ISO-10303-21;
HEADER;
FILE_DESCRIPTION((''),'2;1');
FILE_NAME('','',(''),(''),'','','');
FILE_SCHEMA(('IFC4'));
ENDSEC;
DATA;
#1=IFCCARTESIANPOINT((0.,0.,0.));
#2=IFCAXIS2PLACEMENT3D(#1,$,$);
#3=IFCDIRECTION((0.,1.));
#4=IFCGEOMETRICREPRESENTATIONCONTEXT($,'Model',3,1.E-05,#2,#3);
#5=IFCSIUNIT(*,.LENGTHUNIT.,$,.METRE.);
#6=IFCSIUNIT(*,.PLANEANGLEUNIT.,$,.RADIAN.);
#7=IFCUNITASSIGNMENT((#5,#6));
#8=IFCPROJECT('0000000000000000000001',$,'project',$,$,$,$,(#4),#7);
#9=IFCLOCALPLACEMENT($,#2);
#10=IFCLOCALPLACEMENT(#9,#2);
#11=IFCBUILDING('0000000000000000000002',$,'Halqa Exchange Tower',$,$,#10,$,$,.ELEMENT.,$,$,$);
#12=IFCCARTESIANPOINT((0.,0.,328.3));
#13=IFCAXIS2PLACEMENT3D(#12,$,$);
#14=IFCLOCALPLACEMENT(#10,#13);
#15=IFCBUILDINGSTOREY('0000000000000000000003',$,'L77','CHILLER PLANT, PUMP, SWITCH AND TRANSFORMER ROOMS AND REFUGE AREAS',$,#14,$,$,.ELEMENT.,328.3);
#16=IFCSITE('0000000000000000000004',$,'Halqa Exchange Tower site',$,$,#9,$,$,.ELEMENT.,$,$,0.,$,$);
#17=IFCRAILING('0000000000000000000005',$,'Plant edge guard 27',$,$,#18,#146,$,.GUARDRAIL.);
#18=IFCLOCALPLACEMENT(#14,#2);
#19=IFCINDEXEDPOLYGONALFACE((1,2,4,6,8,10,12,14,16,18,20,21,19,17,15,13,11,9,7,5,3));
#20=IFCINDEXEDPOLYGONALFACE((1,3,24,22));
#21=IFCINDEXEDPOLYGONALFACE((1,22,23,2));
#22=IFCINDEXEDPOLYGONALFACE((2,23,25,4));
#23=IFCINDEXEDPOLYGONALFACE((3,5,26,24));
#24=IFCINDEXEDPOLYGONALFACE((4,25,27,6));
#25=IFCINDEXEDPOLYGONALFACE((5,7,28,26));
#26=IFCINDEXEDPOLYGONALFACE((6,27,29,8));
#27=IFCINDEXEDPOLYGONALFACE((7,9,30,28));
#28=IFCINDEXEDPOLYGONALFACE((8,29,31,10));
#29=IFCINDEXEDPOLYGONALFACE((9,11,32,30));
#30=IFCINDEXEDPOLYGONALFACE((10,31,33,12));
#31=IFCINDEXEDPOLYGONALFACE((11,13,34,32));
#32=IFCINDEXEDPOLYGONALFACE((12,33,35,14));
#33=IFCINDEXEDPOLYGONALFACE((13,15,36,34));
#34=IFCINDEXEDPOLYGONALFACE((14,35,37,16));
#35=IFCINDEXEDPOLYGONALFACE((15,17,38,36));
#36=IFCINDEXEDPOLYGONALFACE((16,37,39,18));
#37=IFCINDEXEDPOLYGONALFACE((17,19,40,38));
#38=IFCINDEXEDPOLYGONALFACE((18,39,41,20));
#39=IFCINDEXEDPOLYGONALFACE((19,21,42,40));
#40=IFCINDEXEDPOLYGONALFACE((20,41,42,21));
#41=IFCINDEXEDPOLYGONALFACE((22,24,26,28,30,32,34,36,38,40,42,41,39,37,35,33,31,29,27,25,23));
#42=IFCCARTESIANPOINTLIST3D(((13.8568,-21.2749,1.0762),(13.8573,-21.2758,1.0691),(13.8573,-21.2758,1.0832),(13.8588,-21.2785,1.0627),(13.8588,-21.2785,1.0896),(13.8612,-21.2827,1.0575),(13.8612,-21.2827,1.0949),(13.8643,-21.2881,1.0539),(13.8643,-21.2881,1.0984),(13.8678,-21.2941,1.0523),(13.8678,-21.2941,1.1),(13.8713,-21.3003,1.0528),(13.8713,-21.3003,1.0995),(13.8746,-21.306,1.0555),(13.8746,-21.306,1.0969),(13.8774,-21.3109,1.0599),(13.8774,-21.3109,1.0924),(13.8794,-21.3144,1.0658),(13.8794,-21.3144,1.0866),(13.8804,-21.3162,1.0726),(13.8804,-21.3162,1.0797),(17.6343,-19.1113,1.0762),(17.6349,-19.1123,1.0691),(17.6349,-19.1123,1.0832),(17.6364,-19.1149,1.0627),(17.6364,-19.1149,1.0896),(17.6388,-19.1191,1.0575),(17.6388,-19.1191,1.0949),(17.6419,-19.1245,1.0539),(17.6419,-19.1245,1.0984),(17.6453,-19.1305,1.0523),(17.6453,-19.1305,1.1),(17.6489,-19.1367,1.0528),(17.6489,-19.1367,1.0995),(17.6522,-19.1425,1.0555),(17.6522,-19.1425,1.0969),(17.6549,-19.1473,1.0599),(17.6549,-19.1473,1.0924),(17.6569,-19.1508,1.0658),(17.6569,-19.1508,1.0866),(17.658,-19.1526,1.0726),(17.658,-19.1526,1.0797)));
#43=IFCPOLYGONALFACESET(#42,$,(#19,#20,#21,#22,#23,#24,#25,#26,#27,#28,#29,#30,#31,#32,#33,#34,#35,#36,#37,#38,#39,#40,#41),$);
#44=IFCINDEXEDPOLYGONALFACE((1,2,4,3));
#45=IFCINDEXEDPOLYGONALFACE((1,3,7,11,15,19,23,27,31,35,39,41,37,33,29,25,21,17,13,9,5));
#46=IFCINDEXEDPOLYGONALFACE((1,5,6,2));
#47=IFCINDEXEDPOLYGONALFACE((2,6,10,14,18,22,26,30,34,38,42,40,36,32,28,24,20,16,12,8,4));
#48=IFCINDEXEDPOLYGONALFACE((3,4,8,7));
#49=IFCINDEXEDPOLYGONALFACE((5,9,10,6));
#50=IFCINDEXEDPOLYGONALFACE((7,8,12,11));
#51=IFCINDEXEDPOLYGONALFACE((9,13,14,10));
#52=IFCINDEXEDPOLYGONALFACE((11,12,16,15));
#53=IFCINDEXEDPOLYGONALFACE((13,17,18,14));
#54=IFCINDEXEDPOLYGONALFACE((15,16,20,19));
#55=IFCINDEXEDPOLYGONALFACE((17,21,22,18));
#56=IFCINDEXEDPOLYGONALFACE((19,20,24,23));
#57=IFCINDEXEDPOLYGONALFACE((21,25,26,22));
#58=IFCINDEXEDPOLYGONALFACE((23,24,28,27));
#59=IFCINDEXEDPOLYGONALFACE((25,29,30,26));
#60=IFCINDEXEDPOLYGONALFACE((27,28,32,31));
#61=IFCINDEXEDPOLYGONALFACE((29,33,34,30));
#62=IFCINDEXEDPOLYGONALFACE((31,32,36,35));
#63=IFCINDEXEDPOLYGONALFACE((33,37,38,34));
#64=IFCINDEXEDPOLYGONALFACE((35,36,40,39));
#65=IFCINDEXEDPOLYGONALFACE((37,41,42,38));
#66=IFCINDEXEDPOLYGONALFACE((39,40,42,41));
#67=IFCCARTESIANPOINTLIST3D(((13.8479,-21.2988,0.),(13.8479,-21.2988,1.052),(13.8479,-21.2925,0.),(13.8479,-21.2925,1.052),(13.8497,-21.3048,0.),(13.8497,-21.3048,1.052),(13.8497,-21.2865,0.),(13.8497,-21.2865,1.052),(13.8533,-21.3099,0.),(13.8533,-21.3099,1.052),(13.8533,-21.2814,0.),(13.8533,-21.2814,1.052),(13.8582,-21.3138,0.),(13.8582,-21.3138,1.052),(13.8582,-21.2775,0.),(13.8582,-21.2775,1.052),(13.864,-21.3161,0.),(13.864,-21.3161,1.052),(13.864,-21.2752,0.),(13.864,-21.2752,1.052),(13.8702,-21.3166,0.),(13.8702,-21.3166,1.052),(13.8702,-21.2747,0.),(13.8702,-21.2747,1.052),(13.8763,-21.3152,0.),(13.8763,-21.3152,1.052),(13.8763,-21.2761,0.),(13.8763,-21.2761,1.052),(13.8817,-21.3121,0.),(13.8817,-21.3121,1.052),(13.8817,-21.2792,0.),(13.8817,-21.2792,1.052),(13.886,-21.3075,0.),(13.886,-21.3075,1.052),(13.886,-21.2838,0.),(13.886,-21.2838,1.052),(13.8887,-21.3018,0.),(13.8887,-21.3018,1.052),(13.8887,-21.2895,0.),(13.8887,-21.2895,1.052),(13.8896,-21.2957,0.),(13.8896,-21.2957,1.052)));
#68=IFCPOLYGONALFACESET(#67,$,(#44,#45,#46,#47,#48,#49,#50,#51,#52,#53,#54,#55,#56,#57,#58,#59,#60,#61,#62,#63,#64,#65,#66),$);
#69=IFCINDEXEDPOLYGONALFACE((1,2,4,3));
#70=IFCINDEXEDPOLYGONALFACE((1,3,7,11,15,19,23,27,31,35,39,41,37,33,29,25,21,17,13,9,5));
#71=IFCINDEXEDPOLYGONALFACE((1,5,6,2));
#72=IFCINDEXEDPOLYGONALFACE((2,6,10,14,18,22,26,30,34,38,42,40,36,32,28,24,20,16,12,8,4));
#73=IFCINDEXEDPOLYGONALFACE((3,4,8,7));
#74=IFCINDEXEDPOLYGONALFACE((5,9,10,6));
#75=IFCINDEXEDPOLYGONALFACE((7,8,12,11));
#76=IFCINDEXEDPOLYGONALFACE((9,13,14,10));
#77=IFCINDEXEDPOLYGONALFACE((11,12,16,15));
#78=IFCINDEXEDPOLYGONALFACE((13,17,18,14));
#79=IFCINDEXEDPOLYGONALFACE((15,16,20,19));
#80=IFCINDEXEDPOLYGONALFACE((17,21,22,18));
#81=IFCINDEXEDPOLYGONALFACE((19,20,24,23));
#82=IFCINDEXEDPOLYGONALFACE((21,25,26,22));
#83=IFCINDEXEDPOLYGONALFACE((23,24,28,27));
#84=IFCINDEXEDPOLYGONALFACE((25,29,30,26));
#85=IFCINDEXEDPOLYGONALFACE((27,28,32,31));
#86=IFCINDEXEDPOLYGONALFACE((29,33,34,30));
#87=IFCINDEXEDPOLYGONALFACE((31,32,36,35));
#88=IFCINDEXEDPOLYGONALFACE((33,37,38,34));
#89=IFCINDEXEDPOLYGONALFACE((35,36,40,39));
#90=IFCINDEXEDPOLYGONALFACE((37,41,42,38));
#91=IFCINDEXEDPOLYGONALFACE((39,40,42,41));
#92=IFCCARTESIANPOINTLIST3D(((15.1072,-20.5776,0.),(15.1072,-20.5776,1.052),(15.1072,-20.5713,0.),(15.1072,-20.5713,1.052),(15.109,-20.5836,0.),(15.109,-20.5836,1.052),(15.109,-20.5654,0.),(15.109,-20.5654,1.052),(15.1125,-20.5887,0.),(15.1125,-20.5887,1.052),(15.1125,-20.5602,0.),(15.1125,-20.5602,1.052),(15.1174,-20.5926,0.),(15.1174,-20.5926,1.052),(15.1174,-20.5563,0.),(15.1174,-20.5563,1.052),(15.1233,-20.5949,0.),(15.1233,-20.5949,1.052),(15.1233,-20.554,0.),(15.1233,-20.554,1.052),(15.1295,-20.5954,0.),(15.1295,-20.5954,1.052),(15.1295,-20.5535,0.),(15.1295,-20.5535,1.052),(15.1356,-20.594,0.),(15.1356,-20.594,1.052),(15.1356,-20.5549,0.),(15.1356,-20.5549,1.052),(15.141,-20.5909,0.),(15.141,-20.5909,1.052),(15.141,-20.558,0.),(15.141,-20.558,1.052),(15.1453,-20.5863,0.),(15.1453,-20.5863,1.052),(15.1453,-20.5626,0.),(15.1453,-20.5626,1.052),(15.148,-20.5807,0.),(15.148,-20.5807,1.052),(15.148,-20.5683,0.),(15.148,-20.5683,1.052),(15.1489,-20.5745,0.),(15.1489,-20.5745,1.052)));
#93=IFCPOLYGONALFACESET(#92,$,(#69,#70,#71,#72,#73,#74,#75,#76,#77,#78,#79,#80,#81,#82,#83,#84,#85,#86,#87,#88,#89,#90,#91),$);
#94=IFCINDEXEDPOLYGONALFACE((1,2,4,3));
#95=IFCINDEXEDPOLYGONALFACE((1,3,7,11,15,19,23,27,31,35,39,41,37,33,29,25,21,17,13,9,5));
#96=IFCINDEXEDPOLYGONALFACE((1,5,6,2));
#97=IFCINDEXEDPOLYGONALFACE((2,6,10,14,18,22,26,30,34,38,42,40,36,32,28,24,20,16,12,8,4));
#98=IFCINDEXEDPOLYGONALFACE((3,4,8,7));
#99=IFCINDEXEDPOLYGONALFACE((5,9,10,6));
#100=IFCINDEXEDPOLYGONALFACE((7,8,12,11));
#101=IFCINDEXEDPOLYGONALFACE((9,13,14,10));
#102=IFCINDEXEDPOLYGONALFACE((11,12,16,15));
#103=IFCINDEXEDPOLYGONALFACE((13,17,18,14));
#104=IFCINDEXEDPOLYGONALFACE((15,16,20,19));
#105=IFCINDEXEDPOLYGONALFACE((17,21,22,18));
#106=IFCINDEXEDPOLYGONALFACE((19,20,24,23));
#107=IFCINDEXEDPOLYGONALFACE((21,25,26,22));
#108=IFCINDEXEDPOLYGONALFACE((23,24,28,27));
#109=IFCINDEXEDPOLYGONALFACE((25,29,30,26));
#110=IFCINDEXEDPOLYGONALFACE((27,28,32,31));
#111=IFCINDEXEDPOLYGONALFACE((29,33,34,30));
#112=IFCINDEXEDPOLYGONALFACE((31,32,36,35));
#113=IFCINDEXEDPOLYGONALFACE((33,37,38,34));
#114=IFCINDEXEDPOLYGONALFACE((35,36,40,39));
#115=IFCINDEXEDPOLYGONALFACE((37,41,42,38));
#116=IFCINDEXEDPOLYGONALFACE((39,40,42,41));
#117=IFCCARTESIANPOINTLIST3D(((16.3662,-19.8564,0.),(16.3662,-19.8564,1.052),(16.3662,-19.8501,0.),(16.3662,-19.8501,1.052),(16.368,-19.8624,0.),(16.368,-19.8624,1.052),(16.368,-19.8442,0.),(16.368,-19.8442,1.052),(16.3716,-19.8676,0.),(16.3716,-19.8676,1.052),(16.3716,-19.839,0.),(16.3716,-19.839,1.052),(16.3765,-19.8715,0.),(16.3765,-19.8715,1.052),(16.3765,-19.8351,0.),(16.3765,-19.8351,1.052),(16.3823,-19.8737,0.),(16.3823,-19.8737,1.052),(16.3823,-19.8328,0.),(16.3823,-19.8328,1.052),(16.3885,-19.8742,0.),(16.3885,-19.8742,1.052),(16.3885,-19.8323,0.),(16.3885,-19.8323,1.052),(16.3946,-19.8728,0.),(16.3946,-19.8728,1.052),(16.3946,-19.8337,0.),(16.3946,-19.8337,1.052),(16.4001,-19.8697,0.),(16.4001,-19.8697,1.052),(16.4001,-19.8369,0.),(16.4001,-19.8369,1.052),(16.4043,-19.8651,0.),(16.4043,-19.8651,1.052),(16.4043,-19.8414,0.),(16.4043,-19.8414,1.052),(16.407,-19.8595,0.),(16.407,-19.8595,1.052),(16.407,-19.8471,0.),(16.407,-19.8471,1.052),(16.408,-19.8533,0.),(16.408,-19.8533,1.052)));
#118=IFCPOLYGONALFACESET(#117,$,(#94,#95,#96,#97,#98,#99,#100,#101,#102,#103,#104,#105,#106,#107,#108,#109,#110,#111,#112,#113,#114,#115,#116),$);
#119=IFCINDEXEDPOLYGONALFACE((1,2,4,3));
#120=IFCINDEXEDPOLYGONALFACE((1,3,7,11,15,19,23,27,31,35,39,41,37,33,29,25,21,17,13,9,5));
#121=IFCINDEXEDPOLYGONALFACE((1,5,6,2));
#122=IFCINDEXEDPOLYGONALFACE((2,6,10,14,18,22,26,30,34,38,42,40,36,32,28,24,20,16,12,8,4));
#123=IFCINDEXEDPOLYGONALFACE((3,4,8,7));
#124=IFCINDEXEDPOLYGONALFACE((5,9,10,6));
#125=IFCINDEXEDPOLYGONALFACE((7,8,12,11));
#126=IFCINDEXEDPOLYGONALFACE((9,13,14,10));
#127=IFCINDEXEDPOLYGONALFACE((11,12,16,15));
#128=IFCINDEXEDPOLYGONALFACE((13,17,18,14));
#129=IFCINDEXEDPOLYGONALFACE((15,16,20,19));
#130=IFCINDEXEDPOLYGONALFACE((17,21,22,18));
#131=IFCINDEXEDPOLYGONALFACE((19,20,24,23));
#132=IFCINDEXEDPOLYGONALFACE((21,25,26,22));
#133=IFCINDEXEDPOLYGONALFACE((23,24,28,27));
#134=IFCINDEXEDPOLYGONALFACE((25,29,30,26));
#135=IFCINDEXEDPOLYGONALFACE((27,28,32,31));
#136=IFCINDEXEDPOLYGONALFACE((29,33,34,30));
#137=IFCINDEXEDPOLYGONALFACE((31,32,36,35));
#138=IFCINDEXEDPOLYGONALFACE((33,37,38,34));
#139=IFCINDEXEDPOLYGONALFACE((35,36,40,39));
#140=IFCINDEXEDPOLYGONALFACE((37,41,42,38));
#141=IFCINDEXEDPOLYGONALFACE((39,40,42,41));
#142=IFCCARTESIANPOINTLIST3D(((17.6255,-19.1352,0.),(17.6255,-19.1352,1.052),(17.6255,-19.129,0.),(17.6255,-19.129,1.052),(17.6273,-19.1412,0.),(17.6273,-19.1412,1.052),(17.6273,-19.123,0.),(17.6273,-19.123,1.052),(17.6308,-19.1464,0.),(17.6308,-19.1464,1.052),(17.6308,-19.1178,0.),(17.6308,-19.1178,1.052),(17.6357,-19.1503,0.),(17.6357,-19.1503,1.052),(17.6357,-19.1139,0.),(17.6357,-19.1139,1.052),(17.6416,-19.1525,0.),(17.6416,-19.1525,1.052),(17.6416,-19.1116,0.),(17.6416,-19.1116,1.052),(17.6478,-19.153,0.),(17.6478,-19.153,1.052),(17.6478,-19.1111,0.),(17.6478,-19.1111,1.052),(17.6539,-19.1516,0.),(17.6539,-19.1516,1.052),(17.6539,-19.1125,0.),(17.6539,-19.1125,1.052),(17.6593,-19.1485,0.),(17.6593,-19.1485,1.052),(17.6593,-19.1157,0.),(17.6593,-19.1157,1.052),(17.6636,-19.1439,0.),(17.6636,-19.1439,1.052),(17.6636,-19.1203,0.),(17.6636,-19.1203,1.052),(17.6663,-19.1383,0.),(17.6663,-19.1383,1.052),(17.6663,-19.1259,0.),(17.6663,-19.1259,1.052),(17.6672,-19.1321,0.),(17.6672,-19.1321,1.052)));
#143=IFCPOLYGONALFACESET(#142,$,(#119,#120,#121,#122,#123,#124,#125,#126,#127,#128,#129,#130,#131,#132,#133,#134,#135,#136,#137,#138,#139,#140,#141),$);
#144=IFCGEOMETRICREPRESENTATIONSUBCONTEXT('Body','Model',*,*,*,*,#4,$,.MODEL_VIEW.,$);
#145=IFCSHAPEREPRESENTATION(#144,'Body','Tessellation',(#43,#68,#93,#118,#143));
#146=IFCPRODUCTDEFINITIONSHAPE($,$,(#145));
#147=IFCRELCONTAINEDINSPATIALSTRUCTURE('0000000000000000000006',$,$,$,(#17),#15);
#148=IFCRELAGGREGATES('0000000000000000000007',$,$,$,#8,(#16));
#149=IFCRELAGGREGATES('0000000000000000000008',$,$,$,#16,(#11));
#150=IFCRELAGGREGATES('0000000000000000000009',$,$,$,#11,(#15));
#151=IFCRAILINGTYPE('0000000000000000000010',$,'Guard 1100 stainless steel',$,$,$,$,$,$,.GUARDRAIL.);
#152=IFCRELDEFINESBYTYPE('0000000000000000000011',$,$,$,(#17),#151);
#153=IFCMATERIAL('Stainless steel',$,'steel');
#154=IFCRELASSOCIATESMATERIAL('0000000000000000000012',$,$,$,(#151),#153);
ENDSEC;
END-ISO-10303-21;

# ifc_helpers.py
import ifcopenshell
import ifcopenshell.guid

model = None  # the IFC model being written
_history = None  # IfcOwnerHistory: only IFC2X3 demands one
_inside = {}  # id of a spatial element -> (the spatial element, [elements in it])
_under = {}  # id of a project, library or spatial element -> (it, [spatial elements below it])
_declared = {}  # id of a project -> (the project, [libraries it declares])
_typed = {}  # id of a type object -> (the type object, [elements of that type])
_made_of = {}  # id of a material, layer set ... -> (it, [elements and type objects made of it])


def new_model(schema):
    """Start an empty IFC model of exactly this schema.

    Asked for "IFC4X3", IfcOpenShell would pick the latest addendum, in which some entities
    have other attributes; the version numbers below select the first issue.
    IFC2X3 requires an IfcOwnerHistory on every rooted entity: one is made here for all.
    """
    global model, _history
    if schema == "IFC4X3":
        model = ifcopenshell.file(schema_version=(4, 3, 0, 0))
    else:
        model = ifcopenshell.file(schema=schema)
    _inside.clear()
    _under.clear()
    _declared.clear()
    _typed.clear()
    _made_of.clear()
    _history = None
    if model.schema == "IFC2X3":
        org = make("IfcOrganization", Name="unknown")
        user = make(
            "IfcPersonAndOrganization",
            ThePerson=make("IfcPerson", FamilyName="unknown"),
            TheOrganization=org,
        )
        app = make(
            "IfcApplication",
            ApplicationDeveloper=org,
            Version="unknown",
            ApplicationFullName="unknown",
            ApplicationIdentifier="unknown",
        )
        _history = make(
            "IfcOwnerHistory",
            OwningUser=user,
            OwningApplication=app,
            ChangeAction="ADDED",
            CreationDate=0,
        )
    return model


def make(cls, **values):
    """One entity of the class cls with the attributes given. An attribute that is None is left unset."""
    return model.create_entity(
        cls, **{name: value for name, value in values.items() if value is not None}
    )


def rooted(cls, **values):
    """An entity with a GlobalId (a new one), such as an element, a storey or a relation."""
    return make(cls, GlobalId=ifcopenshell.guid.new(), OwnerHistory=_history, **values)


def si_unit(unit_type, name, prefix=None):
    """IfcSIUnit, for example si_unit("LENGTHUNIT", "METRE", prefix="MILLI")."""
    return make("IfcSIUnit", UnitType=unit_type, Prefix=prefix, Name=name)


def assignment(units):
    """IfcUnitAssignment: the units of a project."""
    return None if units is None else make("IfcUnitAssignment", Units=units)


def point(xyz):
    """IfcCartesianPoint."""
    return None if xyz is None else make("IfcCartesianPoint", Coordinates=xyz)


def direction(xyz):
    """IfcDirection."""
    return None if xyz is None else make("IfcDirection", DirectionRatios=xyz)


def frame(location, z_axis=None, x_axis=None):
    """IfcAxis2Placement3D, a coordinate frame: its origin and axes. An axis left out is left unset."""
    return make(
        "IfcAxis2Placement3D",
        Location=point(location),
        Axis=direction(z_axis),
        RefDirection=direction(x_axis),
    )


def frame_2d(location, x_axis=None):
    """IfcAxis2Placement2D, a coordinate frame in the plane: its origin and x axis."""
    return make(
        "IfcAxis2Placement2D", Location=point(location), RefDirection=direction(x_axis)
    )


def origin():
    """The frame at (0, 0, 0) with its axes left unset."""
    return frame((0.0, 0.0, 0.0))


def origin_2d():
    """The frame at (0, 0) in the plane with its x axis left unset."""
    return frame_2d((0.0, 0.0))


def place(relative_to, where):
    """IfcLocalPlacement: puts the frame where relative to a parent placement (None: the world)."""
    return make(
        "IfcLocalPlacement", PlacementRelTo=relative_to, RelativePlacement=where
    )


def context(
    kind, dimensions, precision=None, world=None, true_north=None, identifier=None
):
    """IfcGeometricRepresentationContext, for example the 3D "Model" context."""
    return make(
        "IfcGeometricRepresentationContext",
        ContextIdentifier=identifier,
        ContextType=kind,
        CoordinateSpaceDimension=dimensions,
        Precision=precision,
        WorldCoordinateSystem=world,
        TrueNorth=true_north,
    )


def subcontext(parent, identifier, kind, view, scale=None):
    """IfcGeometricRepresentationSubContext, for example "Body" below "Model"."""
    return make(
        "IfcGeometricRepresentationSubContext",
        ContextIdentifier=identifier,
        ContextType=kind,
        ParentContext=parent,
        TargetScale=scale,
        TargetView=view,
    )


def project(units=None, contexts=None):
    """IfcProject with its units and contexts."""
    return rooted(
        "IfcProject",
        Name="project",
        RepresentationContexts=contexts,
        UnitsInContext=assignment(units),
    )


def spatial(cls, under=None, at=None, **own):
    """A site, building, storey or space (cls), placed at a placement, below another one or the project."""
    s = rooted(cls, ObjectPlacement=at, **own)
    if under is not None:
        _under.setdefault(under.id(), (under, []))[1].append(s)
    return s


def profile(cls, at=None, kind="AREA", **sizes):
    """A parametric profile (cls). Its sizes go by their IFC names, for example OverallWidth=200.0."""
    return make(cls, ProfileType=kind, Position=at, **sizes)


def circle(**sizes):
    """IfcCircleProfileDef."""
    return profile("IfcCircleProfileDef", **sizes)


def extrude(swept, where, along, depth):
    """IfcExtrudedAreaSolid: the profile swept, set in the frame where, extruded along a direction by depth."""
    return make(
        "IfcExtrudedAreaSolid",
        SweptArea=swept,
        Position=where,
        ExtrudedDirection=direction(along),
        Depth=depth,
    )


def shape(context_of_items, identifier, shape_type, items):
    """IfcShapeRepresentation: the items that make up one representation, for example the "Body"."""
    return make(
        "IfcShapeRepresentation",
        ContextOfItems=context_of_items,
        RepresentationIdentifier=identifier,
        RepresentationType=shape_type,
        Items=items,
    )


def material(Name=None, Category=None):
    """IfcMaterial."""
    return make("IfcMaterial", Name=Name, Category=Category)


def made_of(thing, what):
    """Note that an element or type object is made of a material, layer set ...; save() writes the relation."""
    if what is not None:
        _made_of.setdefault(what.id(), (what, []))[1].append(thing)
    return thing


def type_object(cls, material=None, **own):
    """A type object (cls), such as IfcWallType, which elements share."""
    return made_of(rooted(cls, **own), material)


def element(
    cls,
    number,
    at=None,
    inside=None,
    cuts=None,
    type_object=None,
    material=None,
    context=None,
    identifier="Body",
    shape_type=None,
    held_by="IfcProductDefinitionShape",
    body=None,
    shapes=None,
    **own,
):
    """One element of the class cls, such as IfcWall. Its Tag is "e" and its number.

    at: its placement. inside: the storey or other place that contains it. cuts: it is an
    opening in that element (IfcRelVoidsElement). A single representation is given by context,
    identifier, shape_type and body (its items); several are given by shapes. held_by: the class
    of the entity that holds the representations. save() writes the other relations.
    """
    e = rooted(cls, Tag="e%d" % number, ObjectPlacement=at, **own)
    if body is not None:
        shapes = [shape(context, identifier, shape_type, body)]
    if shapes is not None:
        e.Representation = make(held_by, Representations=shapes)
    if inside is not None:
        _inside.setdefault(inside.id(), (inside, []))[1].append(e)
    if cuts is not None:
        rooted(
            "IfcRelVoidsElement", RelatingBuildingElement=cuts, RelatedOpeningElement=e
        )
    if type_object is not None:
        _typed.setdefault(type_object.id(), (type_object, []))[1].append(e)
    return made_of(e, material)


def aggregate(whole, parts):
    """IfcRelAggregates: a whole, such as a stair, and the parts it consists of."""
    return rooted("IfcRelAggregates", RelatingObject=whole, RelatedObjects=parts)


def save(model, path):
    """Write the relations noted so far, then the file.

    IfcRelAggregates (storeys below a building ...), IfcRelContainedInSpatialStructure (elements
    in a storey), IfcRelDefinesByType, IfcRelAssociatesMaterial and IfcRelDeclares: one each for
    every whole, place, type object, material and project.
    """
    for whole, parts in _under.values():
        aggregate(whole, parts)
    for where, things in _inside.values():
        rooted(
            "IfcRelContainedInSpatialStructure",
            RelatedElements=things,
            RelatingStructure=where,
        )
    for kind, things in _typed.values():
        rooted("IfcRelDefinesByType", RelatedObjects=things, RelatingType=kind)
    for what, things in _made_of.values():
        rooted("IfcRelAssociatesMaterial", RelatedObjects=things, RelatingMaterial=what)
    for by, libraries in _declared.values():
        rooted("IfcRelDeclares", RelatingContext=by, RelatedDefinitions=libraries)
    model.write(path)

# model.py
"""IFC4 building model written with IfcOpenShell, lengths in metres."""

from ifc_helpers import new_model, si_unit, direction, frame, origin, origin_2d, place, context, subcontext, project, spatial, circle, extrude, material, type_object, element, save


model = new_model("IFC4")

# Units and contexts
model_context = context("Model", 3, precision=1e-05, world=origin(), true_north=direction((0.0, 1.0)))
body_context = subcontext(model_context, "Body", "Model", "MODEL_VIEW")
ifc_project = project(units=[si_unit("LENGTHUNIT", "METRE"), si_unit("PLANEANGLEUNIT", "RADIAN")], contexts=[model_context])

# Site, building, storey
site_placement = place(None, origin())
site = spatial("IfcSite", under=ifc_project, at=site_placement, Name="Halqa Exchange Tower site", CompositionType="ELEMENT", RefElevation=0.0)
building_placement = place(site_placement, origin())
building = spatial("IfcBuilding", under=site, at=building_placement, Name="Halqa Exchange Tower", CompositionType="ELEMENT")
storey_placement = place(building_placement, frame((0.0, 0.0, 328.3)))
storey = spatial("IfcBuildingStorey", under=building, at=storey_placement, Name="L77", Description="CHILLER PLANT, PUMP, SWITCH AND TRANSFORMER ROOMS AND REFUGE AREAS", CompositionType="ELEMENT", Elevation=328.3)

# Railing
ifc_material_1 = material(Name="Stainless steel", Category="steel")
railing_type = type_object("IfcRailingType", Name="Guard 1100 stainless steel", PredefinedType="GUARDRAIL", material=ifc_material_1)
railing_1_placement = place(storey_placement, frame((13.8687, -21.2957, 0.0)))
element("IfcRailing", 1, at=railing_1_placement, inside=storey, type_object=railing_type, Name="Plant edge guard 27", PredefinedType="GUARDRAIL", context=body_context, shape_type="SweptSolid", body=[
    extrude(circle(Radius=0.0239, at=origin_2d()), frame((0.0, 0.0, 1.0762), z_axis=(0.867753, 0.496996, 0.0), x_axis=(-0.496996, 0.867753, 0.0)), (0.0, 0.0, 1.0), 4.3533),
    extrude(circle(Radius=0.021, at=origin_2d()), origin(), (0.0, 0.0, 1.0), 1.052),
    extrude(circle(Radius=0.021, at=origin_2d()), frame((1.2593, 0.7212, 0.0)), (0.0, 0.0, 1.0), 1.052),
    extrude(circle(Radius=0.021, at=origin_2d()), frame((2.5183, 1.4424, 0.0)), (0.0, 0.0, 1.0), 1.052),
    extrude(circle(Radius=0.021, at=origin_2d()), frame((3.7776, 2.1636, 0.0)), (0.0, 0.0, 1.0), 1.052),
])

save(model, "model.ifc")
